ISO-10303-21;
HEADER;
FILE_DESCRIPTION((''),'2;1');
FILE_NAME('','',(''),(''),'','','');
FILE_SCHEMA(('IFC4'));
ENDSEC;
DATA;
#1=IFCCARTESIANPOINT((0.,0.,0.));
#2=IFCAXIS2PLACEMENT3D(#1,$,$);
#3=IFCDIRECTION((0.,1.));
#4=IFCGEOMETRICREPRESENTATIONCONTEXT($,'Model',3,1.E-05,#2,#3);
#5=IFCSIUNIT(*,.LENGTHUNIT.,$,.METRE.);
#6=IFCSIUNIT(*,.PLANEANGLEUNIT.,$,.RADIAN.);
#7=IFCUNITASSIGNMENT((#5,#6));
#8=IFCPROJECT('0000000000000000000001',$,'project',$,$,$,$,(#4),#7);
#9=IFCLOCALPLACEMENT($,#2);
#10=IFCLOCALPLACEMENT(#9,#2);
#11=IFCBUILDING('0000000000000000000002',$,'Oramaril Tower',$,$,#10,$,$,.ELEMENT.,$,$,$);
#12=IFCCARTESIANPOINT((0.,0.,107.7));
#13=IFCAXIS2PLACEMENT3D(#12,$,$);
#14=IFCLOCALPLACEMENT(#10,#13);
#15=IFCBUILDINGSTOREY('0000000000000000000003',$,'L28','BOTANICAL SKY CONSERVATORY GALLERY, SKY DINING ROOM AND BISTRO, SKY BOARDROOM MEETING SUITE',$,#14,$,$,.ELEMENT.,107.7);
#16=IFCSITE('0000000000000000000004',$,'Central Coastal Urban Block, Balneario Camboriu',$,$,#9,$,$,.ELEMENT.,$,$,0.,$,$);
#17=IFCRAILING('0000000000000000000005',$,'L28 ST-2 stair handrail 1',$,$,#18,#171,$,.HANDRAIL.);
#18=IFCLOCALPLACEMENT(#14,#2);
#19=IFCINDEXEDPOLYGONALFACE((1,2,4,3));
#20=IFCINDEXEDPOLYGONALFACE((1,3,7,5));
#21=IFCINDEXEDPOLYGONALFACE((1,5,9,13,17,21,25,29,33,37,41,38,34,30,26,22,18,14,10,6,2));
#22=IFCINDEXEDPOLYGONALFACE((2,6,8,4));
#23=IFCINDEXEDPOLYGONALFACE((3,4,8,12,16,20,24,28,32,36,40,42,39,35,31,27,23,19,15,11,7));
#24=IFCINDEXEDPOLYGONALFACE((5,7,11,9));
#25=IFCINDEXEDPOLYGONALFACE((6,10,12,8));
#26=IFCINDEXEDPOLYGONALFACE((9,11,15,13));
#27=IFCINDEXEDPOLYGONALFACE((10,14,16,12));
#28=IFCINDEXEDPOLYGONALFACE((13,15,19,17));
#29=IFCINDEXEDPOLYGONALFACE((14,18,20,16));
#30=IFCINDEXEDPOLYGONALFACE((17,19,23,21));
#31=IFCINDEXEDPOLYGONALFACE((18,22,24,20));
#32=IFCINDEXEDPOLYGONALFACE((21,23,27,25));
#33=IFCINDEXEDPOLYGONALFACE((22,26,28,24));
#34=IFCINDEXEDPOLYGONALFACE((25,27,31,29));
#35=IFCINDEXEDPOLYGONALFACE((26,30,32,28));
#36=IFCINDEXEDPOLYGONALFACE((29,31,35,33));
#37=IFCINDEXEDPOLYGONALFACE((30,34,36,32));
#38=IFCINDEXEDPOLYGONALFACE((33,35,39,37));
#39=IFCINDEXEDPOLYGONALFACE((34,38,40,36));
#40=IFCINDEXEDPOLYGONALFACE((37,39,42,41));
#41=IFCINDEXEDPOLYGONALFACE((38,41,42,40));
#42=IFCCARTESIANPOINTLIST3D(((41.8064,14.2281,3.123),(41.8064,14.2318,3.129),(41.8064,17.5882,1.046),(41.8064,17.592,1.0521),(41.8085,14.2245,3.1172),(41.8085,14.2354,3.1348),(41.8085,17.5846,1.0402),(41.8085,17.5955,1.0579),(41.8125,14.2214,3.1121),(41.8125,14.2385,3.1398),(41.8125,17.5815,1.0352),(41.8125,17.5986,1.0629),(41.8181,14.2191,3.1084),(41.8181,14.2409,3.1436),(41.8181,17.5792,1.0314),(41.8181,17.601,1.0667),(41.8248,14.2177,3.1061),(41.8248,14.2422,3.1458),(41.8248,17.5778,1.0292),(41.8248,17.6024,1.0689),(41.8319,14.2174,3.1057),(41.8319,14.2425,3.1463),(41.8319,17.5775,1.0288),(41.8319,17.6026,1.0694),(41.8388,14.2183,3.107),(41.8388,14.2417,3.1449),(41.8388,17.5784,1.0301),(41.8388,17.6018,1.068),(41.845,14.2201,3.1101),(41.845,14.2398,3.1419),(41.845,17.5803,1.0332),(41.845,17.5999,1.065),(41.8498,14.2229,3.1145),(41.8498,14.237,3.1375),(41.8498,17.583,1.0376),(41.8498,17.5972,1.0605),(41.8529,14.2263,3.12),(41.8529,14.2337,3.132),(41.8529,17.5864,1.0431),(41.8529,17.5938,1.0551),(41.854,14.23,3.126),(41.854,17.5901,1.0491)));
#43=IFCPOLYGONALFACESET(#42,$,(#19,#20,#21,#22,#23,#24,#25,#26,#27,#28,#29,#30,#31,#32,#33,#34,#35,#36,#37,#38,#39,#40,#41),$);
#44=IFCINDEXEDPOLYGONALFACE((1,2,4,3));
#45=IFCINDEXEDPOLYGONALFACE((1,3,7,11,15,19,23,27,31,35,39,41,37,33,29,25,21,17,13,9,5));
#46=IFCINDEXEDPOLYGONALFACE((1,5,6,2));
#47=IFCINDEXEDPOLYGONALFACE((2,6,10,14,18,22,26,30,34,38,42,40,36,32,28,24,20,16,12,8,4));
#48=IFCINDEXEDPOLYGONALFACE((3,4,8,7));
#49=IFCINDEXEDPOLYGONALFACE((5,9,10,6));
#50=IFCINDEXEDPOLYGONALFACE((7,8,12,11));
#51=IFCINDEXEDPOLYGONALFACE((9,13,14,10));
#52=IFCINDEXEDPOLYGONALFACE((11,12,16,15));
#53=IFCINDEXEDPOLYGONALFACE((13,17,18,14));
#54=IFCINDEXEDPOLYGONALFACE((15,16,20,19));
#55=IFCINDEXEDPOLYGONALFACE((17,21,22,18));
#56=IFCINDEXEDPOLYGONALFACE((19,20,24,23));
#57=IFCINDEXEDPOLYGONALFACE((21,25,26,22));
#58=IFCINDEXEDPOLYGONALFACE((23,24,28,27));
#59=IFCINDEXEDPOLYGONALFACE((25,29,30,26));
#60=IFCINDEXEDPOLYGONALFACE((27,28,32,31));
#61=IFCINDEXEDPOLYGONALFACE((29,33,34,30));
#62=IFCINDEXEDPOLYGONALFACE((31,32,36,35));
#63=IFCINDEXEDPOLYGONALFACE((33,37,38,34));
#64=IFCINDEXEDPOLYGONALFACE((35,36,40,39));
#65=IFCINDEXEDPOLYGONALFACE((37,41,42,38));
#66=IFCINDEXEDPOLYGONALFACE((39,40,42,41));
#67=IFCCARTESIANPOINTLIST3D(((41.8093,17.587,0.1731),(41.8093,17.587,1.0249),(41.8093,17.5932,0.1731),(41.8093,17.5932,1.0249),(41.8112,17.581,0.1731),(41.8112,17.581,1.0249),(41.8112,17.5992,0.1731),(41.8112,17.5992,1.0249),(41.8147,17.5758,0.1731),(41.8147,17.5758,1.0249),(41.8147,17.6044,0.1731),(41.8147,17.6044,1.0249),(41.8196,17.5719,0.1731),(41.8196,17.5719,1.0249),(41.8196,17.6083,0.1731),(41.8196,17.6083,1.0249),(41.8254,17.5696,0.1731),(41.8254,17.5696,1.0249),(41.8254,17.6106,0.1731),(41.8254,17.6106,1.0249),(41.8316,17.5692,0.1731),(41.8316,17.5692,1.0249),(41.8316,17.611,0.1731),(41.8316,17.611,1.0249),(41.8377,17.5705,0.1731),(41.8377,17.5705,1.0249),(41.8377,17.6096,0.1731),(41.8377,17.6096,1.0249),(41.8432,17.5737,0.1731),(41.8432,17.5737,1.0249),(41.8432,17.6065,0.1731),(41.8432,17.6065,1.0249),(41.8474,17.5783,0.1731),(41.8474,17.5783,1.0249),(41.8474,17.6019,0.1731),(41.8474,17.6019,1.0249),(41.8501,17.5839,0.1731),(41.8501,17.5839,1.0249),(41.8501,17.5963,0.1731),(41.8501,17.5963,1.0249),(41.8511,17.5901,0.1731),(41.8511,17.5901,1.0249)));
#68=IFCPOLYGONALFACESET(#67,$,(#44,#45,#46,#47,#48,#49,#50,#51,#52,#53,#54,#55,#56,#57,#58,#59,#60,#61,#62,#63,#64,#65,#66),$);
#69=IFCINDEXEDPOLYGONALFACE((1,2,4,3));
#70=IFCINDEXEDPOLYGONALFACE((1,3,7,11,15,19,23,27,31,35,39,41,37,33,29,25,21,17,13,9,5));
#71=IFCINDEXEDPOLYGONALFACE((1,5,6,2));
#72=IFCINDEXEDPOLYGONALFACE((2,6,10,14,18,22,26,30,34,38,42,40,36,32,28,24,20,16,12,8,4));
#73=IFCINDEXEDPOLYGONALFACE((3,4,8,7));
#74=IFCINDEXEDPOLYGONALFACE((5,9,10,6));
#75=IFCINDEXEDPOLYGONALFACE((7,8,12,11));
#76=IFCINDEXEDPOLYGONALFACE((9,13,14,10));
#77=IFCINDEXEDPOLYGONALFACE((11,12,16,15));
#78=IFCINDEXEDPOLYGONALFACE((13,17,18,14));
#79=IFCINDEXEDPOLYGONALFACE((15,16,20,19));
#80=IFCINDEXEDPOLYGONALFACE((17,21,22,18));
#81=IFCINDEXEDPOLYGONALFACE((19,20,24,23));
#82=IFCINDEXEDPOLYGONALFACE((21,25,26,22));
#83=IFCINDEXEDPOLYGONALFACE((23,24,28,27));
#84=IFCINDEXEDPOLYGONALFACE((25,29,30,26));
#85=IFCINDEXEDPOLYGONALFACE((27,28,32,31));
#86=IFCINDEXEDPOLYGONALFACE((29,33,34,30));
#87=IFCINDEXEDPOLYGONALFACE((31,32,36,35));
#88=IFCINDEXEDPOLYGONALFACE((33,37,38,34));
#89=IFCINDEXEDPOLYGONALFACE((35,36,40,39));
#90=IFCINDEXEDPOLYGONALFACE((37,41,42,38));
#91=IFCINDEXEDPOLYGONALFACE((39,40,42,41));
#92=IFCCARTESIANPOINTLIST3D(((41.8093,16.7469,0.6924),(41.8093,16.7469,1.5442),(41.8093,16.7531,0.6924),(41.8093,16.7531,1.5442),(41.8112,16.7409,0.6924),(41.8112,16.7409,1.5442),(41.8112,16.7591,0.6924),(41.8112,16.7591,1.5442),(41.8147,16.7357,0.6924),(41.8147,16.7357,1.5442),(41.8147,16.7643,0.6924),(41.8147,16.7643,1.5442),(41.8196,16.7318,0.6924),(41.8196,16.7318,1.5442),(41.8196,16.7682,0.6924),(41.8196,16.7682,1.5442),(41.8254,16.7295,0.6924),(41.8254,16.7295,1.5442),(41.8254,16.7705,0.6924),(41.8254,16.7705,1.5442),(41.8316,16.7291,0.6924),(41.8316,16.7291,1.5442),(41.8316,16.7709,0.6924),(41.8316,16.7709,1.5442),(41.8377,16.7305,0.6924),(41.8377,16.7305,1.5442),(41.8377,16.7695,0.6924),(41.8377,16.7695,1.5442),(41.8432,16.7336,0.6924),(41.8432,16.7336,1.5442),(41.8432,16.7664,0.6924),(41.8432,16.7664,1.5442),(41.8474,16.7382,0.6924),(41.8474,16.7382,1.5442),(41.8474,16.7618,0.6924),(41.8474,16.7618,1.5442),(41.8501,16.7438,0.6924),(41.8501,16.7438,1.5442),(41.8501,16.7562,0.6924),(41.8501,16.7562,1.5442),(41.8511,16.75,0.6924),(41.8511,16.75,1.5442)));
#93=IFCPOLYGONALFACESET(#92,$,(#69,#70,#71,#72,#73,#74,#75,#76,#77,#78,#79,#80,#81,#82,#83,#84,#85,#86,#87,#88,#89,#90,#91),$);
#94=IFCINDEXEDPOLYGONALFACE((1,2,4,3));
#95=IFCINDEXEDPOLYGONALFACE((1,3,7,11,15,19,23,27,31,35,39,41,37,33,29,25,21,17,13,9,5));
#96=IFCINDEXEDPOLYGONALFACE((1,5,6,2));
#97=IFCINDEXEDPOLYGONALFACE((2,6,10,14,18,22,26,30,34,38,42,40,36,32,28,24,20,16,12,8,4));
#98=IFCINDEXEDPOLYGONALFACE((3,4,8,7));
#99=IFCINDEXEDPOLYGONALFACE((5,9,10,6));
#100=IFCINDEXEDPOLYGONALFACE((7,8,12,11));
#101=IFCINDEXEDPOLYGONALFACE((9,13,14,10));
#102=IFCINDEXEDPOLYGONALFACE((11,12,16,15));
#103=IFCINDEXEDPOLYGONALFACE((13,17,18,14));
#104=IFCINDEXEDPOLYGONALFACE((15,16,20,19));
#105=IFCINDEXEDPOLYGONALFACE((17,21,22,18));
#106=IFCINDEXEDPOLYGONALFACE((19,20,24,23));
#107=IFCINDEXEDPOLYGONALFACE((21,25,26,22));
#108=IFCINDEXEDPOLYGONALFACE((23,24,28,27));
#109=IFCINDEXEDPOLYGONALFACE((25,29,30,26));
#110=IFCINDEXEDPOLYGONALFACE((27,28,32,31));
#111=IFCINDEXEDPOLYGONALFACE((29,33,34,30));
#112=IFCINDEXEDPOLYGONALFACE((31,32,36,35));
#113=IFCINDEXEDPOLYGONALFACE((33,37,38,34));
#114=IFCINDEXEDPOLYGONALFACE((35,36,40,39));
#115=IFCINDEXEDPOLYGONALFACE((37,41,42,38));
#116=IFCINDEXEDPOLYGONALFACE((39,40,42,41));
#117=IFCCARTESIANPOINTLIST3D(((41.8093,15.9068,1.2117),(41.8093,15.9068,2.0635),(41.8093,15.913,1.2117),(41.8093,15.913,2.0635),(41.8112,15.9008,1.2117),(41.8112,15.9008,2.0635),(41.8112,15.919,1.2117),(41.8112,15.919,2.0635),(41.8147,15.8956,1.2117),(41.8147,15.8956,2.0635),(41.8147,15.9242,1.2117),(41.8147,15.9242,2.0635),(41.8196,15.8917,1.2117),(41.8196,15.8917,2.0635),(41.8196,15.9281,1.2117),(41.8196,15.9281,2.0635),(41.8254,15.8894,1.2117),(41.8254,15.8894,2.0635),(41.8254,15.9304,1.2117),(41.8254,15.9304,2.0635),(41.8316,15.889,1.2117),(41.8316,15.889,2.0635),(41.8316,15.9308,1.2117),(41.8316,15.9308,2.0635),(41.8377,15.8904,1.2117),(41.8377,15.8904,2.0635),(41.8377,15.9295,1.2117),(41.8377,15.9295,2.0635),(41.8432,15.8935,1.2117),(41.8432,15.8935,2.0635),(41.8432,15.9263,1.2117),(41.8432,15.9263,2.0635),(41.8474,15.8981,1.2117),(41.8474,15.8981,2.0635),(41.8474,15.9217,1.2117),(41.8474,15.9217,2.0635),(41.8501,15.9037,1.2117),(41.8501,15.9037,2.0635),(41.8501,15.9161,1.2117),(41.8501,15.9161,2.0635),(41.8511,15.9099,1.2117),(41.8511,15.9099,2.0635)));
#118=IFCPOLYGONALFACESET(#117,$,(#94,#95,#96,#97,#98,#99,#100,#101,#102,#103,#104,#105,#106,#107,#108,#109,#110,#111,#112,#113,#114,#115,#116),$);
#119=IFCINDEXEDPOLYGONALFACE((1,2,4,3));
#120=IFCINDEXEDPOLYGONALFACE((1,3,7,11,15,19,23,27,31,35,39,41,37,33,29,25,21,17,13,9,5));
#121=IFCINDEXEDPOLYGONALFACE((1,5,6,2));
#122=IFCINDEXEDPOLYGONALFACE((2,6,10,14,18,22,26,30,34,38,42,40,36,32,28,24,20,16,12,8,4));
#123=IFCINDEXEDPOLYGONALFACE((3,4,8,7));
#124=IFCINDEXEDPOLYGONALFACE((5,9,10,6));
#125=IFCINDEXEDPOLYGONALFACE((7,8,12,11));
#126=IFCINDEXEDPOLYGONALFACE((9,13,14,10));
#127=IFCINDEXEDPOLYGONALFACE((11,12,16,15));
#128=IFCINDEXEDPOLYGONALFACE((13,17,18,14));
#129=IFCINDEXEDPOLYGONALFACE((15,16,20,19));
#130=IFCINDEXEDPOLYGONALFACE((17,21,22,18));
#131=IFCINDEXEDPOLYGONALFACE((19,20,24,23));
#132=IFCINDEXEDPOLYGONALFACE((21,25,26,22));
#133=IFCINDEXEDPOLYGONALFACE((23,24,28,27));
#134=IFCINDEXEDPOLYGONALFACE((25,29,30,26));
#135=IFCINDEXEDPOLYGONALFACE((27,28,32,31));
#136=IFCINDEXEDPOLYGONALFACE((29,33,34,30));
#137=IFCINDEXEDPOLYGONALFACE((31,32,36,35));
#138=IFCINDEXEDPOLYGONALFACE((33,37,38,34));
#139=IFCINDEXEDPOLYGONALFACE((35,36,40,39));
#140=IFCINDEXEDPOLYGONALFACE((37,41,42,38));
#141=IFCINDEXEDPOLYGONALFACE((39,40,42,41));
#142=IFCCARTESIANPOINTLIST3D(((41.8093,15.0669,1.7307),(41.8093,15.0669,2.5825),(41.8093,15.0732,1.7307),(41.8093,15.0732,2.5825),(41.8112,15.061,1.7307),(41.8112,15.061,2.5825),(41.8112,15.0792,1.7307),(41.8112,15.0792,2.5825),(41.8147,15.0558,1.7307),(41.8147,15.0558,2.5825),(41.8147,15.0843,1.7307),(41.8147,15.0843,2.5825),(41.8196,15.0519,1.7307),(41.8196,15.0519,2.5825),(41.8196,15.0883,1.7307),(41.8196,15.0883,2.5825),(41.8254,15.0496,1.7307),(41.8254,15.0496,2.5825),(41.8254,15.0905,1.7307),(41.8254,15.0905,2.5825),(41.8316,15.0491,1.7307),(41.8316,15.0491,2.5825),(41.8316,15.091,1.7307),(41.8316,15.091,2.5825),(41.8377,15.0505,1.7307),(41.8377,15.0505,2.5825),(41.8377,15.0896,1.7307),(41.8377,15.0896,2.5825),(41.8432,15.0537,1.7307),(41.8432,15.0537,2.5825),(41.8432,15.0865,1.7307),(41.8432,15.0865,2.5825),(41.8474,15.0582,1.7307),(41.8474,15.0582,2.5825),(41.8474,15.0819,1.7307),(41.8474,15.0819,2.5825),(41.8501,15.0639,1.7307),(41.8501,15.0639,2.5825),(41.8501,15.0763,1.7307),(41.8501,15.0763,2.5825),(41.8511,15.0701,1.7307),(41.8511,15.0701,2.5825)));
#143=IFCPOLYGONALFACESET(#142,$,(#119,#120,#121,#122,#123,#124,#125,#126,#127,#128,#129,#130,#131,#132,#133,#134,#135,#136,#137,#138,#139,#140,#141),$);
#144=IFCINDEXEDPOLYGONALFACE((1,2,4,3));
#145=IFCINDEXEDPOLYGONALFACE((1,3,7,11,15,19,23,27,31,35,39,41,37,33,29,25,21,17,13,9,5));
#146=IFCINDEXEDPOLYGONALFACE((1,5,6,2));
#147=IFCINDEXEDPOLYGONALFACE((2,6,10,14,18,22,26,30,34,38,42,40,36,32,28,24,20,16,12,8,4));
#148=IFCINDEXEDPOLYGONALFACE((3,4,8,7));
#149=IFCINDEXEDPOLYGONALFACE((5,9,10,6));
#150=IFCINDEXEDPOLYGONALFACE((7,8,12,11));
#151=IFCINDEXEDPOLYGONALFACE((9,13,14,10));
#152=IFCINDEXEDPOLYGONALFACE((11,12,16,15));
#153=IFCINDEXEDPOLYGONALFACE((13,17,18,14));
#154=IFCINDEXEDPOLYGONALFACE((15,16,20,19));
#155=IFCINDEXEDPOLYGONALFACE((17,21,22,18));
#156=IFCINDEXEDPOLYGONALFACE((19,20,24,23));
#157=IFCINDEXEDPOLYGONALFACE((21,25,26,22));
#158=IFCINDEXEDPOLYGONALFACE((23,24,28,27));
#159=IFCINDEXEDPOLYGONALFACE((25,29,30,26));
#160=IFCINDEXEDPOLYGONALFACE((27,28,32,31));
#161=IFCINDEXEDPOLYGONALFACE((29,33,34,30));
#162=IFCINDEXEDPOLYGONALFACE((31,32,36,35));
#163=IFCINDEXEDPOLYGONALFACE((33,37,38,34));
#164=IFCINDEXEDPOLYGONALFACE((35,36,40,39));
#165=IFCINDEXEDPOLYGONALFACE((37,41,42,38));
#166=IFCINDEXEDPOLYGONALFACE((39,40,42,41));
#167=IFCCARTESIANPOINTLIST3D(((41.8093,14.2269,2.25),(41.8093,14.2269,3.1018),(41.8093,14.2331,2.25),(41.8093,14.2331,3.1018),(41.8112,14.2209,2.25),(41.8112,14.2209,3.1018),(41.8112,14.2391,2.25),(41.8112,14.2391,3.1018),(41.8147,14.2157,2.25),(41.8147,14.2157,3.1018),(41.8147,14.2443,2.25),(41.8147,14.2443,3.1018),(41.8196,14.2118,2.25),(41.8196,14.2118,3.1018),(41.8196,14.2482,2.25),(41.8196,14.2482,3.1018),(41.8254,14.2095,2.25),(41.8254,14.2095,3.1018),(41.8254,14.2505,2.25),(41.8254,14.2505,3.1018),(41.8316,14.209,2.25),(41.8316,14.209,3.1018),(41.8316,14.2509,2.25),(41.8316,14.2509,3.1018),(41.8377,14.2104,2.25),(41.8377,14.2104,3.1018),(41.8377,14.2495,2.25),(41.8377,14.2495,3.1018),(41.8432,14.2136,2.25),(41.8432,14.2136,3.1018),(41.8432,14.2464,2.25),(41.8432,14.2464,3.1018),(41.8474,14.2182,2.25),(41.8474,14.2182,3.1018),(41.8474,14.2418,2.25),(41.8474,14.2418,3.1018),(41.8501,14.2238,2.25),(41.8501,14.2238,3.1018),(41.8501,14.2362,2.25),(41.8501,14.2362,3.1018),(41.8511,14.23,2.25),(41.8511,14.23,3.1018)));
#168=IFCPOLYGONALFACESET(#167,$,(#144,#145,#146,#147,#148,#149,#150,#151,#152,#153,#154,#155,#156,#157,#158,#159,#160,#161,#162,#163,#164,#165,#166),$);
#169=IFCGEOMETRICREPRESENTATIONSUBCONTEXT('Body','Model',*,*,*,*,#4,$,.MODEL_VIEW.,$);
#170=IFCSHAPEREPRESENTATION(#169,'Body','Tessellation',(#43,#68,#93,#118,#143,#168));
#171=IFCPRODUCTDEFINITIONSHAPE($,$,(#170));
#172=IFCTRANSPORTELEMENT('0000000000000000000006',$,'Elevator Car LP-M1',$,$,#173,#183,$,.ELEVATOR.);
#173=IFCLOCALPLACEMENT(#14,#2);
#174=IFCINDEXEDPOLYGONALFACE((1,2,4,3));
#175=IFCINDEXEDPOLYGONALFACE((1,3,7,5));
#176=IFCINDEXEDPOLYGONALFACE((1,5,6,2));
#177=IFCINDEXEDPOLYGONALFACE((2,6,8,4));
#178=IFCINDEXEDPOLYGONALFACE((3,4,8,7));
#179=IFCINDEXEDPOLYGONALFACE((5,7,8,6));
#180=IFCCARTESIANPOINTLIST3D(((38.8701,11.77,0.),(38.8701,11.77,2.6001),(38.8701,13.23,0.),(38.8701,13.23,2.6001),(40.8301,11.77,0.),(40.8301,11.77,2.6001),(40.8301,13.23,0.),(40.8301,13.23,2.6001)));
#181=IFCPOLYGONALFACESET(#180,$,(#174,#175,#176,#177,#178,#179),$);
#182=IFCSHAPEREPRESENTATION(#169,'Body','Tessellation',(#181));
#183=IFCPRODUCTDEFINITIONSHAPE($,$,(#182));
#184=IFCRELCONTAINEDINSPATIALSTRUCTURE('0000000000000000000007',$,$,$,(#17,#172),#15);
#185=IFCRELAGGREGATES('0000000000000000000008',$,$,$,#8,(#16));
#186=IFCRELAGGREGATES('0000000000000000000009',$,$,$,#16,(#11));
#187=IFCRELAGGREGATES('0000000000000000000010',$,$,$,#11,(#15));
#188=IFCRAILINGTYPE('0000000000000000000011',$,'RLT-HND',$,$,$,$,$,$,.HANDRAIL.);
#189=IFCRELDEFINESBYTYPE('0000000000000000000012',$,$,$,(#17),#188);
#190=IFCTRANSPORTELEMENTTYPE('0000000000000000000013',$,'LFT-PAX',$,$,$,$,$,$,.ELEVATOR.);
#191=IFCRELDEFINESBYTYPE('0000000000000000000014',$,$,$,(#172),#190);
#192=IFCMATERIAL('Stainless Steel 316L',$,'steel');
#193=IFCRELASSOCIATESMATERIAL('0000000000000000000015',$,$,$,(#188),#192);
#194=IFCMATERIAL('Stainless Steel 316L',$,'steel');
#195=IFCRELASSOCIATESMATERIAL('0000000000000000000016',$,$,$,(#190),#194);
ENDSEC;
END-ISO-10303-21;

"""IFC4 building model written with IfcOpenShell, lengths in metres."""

from ifc_helpers import new_model, si_unit, direction, frame, origin, origin_2d, place, context, subcontext, project, spatial, rectangle, circle, extrude, material, type_object, element, save


model = new_model("IFC4")

# Units and contexts
model_context = context("Model", 3, precision=1e-05, world=origin(), true_north=direction((0.0, 1.0)))
body_context = subcontext(model_context, "Body", "Model", "MODEL_VIEW")
ifc_project = project(units=[si_unit("LENGTHUNIT", "METRE"), si_unit("PLANEANGLEUNIT", "RADIAN")], contexts=[model_context])

# Site, building, storey
site_placement = place(None, origin())
site = spatial("IfcSite", under=ifc_project, at=site_placement, Name="Central Coastal Urban Block, Balneario Camboriu", CompositionType="ELEMENT", RefElevation=0.0)
building_placement = place(site_placement, origin())
building = spatial("IfcBuilding", under=site, at=building_placement, Name="Oramaril Tower", CompositionType="ELEMENT")
storey_placement = place(building_placement, frame((0.0, 0.0, 107.7)))
storey = spatial("IfcBuildingStorey", under=building, at=storey_placement, Name="L28", Description="BOTANICAL SKY CONSERVATORY GALLERY, SKY DINING ROOM AND BISTRO, SKY BOARDROOM MEETING SUITE", CompositionType="ELEMENT", Elevation=107.7)

# Railing
ifc_material_1 = material(Name="Stainless Steel 316L", Category="steel")
railing_type_1 = type_object("IfcRailingType", Name="RLT-HND", PredefinedType="HANDRAIL", material=ifc_material_1)
railing_1_placement = place(storey_placement, frame((41.8301, 17.5901, 0.1731)))
element("IfcRailing", 1, at=railing_1_placement, inside=storey, type_object=railing_type_1, Name="L28 ST-2 stair handrail 1", PredefinedType="HANDRAIL", context=body_context, shape_type="SweptSolid", body=[
    extrude(circle(Radius=0.0239, at=origin_2d()), frame((0.0, 0.0, 0.876), z_axis=(0.0, -0.850623, 0.525776), x_axis=(1.0, 0.0, 0.0)), (0.0, 0.0, 1.0), 3.9502),
    extrude(circle(Radius=0.021, at=origin_2d()), origin(), (0.0, 0.0, 1.0), 0.8518),
    extrude(circle(Radius=0.021, at=origin_2d()), frame((0.0, -0.8401, 0.5193)), (0.0, 0.0, 1.0), 0.8518),
    extrude(circle(Radius=0.021, at=origin_2d()), frame((0.0, -1.6802, 1.0386)), (0.0, 0.0, 1.0), 0.8518),
    extrude(circle(Radius=0.021, at=origin_2d()), frame((0.0, -2.52, 1.5576)), (0.0, 0.0, 1.0), 0.8518),
    extrude(circle(Radius=0.021, at=origin_2d()), frame((0.0, -3.3601, 2.0769)), (0.0, 0.0, 1.0), 0.8518),
])

# Transport element
ifc_material_2 = material(Name="Stainless Steel 316L", Category="steel")
transport_element_type = type_object("IfcTransportElementType", Name="LFT-PAX", PredefinedType="ELEVATOR", material=ifc_material_2)
transport_element_placement = place(storey_placement, frame((39.8501, 12.5, 0.0), z_axis=(0.0, 0.0, 1.0), x_axis=(1.0, 0.0, 0.0)))
element("IfcTransportElement", 2, at=transport_element_placement, inside=storey, type_object=transport_element_type, Name="Elevator Car LP-M1", PredefinedType="ELEVATOR", context=body_context, shape_type="SweptSolid", body=[
    extrude(rectangle(XDim=1.96, YDim=1.46, at=origin_2d()), origin(), (0.0, 0.0, 1.0), 2.6001),
])

save(model, "model.ifc")
